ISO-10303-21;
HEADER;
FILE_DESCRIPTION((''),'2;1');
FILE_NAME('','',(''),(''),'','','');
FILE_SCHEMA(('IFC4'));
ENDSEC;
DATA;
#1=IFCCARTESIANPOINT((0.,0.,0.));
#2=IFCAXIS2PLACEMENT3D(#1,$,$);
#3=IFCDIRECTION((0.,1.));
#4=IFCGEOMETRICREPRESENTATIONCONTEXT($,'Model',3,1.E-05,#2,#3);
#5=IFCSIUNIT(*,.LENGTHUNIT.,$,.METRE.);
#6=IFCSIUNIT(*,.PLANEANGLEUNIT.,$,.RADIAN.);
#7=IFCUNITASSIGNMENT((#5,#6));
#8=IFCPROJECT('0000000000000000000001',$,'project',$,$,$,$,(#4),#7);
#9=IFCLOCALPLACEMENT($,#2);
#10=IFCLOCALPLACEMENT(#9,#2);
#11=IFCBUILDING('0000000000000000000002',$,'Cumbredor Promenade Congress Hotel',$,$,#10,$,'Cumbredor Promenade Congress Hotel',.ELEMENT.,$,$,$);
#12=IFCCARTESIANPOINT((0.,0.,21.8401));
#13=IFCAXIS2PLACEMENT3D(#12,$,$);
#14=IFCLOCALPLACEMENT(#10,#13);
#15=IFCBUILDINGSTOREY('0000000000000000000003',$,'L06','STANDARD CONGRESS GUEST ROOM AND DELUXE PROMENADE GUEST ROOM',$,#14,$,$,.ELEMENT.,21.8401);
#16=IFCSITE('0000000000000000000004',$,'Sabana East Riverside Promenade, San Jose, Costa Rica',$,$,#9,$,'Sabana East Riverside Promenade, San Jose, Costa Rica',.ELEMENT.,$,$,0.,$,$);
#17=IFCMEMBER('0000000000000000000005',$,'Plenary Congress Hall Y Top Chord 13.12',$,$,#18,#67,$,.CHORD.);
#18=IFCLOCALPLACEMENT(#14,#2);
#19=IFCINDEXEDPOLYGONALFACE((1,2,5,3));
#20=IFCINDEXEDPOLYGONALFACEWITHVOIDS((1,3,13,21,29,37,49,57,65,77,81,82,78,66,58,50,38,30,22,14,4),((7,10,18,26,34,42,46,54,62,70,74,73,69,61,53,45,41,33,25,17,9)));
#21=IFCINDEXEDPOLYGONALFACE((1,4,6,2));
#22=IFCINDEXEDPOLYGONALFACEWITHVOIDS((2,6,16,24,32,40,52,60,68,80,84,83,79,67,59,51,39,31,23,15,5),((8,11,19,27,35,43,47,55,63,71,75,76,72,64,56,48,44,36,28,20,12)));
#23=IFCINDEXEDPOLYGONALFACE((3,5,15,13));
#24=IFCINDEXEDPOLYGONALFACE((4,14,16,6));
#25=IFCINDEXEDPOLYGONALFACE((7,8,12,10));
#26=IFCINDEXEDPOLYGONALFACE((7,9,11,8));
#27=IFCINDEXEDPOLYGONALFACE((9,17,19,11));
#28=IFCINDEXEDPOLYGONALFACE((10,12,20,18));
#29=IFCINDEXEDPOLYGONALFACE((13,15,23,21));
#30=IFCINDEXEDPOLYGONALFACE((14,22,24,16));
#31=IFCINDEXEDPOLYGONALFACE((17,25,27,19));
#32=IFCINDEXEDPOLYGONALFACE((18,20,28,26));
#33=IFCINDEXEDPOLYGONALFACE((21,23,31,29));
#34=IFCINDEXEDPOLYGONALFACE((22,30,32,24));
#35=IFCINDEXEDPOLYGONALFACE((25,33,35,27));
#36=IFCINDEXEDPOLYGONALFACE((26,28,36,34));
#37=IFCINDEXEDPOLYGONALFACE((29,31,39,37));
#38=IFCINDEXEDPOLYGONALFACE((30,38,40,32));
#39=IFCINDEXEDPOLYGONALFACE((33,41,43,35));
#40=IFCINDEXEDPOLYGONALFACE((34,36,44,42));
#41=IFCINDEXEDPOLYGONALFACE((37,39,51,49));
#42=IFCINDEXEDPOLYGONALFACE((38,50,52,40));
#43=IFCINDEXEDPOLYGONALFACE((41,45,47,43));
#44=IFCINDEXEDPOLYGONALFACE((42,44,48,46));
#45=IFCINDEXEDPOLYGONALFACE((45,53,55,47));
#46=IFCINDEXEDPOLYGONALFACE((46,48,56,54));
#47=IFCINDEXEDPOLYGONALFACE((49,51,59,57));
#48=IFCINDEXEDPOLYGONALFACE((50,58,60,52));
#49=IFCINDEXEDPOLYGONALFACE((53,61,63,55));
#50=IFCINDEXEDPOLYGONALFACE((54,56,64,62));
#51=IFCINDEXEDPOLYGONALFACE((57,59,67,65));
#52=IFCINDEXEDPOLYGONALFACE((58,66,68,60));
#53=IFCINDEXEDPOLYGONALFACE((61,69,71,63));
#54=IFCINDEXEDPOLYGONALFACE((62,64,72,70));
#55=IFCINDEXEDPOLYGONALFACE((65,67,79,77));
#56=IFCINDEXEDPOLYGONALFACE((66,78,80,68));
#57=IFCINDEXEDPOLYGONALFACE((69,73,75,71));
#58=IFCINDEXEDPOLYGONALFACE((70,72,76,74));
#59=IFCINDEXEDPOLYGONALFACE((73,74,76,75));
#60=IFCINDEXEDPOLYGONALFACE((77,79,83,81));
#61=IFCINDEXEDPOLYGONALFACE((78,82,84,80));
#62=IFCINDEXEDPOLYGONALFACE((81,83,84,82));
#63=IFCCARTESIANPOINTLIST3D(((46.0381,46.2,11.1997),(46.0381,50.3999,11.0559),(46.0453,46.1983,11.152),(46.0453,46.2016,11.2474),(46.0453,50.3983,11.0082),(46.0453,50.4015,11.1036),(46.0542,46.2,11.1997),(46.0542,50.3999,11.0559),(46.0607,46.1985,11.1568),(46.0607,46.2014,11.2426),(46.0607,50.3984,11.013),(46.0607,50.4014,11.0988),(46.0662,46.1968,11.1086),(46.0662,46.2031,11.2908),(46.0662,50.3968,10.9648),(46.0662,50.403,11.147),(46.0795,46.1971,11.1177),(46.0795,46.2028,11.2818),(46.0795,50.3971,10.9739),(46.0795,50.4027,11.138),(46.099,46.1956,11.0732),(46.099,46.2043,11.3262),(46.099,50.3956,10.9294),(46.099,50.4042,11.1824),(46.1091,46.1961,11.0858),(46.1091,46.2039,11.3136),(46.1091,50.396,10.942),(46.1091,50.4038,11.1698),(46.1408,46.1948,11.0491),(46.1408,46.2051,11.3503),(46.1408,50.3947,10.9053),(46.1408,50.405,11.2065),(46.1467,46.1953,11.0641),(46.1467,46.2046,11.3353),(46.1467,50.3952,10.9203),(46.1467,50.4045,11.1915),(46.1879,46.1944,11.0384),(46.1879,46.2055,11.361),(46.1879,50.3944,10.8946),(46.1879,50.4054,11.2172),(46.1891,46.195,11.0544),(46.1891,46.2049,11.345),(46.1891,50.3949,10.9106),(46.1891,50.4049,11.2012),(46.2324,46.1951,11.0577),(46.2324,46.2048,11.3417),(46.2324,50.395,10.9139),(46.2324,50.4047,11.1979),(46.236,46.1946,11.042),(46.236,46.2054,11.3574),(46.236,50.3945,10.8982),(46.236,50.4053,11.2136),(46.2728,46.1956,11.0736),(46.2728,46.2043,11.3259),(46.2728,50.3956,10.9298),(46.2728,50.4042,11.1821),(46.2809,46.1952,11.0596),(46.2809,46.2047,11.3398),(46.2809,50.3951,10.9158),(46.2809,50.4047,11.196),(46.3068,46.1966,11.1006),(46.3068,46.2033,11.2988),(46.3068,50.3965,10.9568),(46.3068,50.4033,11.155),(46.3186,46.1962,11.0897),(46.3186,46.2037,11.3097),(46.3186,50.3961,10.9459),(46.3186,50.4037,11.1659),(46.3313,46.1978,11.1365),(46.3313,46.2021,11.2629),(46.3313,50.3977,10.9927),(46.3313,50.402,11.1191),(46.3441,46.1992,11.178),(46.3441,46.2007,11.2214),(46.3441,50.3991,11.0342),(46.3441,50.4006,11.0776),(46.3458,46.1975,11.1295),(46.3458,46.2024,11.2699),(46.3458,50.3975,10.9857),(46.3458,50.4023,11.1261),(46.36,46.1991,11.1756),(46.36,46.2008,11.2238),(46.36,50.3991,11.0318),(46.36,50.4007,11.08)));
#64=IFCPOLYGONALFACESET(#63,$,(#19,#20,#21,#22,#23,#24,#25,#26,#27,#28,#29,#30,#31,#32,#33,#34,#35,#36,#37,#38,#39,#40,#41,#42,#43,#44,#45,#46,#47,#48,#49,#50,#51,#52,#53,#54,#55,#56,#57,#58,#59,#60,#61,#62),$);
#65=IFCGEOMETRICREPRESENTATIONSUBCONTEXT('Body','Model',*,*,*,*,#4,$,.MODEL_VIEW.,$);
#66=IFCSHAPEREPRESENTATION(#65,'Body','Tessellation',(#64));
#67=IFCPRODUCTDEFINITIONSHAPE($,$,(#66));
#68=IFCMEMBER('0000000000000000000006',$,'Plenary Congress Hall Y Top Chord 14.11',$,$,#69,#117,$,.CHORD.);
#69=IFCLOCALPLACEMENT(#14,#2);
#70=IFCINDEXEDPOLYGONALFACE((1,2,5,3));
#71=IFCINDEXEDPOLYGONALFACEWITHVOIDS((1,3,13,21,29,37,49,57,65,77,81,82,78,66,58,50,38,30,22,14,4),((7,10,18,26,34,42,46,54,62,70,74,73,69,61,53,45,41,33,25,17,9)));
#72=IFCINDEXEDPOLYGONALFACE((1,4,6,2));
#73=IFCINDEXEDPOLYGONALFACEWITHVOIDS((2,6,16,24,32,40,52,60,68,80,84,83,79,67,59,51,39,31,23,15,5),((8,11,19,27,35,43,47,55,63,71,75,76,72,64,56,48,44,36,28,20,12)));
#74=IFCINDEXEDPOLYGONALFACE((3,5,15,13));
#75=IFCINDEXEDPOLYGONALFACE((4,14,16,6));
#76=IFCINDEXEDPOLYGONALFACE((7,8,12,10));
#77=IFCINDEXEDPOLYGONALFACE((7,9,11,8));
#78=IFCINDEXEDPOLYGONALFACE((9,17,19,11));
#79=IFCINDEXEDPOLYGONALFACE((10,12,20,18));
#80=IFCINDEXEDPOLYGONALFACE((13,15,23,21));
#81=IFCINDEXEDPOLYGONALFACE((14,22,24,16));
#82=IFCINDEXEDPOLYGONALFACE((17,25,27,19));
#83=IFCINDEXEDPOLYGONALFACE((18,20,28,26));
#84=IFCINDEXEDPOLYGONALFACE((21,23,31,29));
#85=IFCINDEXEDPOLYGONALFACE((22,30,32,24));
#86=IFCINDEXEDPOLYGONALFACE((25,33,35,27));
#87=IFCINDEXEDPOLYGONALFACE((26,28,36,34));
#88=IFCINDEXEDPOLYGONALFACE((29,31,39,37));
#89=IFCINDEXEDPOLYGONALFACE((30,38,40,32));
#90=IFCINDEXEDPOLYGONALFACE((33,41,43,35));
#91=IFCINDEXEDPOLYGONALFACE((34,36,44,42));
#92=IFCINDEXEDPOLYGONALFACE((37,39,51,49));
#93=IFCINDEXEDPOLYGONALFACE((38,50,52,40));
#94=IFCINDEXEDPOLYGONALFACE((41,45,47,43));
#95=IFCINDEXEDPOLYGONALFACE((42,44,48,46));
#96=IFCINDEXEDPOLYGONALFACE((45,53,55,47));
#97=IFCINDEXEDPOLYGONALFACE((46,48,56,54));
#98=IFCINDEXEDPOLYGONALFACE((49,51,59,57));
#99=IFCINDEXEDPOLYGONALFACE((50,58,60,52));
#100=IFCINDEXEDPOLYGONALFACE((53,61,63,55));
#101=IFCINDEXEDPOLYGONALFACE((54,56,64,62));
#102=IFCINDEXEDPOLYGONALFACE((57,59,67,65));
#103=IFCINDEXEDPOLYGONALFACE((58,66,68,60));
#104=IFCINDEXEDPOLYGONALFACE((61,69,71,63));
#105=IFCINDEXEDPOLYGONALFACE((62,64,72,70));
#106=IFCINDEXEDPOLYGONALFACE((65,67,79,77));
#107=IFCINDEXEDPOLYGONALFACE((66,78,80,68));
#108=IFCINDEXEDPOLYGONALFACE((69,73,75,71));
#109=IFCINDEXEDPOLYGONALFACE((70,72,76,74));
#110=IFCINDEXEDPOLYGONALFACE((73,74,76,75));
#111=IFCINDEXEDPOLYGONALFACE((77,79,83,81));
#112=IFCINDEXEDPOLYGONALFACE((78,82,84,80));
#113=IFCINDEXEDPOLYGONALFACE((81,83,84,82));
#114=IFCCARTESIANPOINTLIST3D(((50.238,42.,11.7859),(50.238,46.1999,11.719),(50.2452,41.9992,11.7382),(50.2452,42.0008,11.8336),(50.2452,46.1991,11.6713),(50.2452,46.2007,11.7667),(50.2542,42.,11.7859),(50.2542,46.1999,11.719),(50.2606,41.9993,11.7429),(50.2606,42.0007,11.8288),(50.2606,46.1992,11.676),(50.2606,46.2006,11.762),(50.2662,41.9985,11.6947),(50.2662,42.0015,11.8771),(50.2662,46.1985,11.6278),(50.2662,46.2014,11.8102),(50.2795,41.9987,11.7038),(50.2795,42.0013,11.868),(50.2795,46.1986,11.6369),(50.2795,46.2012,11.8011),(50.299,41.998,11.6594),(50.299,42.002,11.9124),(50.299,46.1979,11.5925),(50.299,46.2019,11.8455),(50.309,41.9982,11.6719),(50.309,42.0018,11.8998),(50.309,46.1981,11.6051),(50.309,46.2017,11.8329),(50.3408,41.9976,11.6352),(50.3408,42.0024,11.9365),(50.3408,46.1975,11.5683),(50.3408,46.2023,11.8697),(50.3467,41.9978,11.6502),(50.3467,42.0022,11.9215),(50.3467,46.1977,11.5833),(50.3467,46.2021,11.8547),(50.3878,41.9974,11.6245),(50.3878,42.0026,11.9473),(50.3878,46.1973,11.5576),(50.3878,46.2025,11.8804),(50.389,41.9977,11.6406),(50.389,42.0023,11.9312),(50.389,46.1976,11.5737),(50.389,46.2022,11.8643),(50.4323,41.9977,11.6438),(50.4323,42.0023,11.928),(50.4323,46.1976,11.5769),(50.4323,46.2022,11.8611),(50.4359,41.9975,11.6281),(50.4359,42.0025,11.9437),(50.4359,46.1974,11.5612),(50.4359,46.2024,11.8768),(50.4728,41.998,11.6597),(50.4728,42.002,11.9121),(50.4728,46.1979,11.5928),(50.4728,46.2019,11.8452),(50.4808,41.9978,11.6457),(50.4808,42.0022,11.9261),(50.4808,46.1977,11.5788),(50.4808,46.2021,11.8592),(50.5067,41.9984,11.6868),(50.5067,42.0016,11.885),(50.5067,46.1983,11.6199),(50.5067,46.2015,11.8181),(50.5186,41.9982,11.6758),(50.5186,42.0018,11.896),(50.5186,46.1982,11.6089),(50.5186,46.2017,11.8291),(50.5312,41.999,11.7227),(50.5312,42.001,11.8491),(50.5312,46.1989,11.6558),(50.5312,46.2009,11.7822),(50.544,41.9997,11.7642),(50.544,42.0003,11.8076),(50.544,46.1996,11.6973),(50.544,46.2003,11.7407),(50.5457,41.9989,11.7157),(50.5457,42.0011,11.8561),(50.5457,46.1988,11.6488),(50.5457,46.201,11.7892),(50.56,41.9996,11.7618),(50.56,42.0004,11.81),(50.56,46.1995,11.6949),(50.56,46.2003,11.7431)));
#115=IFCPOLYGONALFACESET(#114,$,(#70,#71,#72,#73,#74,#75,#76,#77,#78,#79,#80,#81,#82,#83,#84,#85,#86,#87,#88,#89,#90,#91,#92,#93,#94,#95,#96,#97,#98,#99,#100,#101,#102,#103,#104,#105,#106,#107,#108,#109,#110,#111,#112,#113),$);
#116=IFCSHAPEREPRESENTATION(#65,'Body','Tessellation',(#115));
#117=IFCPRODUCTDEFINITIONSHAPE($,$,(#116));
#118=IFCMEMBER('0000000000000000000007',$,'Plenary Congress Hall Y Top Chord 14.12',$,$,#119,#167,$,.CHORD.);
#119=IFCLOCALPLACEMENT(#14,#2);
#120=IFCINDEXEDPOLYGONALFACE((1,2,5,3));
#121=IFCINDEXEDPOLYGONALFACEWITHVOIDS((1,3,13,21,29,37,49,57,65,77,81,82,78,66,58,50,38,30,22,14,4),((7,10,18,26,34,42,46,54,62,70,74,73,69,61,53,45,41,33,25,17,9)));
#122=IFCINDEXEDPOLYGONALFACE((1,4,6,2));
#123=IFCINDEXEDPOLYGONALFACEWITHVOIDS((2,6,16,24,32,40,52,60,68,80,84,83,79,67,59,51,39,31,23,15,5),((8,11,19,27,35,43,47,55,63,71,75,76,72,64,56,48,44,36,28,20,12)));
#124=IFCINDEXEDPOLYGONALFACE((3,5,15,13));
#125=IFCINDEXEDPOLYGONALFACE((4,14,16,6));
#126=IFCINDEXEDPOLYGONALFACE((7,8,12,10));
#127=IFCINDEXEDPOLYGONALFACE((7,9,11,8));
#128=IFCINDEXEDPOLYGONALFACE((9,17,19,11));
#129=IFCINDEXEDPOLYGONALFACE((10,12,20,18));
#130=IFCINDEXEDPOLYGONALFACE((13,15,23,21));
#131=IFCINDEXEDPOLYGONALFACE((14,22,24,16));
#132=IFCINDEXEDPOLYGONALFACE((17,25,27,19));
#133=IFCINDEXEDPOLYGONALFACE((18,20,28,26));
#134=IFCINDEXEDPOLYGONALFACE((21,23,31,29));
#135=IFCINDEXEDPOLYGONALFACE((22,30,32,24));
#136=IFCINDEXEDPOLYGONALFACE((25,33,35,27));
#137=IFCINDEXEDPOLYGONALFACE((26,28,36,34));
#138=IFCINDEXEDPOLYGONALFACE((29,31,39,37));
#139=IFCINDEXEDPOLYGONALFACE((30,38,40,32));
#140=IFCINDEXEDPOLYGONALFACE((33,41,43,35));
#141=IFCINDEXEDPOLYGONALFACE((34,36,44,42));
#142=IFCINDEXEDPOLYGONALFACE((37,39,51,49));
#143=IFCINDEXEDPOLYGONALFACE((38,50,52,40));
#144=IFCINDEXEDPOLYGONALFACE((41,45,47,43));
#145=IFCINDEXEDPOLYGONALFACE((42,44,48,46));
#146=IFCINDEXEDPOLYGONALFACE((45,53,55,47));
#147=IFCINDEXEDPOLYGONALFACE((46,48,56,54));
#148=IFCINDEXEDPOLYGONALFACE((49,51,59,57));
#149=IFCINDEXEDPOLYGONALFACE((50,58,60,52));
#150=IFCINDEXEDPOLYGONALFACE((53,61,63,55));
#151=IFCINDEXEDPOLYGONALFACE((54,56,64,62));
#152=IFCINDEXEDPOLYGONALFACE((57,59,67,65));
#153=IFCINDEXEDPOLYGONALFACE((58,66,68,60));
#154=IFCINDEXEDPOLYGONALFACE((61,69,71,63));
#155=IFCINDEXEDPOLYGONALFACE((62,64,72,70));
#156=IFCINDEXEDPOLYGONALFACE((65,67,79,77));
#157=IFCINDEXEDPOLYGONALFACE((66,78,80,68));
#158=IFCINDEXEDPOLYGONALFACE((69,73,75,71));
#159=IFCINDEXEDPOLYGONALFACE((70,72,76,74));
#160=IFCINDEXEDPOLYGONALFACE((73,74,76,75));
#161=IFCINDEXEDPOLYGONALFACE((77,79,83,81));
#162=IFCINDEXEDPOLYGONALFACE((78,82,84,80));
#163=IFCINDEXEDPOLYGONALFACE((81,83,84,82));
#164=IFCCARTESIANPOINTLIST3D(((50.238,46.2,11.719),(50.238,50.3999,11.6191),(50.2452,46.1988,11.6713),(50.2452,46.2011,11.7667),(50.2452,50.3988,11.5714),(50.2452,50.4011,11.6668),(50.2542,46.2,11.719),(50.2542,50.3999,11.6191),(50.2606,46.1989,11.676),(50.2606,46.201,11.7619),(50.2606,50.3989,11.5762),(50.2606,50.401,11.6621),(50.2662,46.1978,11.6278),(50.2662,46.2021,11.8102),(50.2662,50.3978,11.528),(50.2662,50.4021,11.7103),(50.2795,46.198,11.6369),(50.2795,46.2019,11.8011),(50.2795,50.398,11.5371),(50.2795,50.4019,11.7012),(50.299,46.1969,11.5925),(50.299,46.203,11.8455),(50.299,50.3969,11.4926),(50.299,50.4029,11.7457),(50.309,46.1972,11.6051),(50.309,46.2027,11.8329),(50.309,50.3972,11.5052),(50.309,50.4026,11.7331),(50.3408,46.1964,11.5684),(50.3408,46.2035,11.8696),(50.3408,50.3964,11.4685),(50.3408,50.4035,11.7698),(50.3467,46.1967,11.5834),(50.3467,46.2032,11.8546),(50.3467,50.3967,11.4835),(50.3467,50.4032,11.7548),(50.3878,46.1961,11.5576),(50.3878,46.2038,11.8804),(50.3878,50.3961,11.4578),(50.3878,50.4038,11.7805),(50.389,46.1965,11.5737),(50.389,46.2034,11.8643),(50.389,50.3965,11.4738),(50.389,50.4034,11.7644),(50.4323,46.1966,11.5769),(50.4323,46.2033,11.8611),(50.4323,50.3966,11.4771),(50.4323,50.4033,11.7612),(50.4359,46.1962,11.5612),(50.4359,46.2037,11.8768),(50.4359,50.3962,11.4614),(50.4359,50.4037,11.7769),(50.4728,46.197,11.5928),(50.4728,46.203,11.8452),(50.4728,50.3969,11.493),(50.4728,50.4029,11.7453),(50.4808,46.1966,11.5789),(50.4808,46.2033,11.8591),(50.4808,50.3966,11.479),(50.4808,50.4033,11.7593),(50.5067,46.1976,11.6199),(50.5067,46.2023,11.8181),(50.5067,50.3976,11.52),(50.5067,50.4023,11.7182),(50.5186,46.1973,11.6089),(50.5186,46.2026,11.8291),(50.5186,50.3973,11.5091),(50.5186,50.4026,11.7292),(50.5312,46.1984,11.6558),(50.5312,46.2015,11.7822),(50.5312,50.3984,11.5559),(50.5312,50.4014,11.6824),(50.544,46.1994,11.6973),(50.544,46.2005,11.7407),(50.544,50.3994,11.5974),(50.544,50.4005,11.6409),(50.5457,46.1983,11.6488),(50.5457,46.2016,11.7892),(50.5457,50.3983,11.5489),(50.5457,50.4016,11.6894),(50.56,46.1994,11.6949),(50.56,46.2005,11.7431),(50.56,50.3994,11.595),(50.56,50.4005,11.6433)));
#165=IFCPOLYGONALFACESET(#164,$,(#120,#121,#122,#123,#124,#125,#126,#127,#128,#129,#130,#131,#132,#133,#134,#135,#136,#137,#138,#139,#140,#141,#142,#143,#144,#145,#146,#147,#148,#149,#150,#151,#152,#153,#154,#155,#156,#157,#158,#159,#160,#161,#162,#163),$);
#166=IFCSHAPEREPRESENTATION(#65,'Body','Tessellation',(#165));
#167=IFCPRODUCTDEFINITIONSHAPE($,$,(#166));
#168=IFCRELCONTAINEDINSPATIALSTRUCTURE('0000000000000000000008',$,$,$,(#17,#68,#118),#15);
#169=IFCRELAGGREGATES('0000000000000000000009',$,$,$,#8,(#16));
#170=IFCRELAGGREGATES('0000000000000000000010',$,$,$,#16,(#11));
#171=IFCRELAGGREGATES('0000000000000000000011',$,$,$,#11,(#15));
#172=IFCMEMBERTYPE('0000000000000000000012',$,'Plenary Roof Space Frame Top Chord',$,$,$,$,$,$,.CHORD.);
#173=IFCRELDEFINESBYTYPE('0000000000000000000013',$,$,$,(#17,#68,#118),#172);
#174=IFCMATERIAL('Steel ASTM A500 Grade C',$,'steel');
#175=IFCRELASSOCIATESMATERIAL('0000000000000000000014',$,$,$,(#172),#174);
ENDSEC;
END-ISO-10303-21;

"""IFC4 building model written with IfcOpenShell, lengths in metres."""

from ifc_helpers import new_model, si_unit, direction, frame, origin, origin_2d, place, context, subcontext, project, spatial, hollow_circle, extrude, material, material_profile, profile_set, type_object, element, save


model = new_model("IFC4")

# Units and contexts
model_context = context("Model", 3, precision=1e-05, world=origin(), true_north=direction((0.0, 1.0)))
body_context = subcontext(model_context, "Body", "Model", "MODEL_VIEW")
ifc_project = project(units=[si_unit("LENGTHUNIT", "METRE"), si_unit("PLANEANGLEUNIT", "RADIAN")], contexts=[model_context])

# Site, building, storey
site_placement = place(None, origin())
site = spatial("IfcSite", under=ifc_project, at=site_placement, Name="Sabana East Riverside Promenade, San Jose, Costa Rica", LongName="Sabana East Riverside Promenade, San Jose, Costa Rica", CompositionType="ELEMENT", RefElevation=0.0)
building_placement = place(site_placement, origin())
building = spatial("IfcBuilding", under=site, at=building_placement, Name="Cumbredor Promenade Congress Hotel", LongName="Cumbredor Promenade Congress Hotel", CompositionType="ELEMENT")
storey_placement = place(building_placement, frame((0.0, 0.0, 21.8401)))
storey = spatial("IfcBuildingStorey", under=building, at=storey_placement, Name="L06", Description="STANDARD CONGRESS GUEST ROOM AND DELUXE PROMENADE GUEST ROOM", CompositionType="ELEMENT", Elevation=21.8401)

# Members
ifc_material_1 = material(Name="Steel ASTM A500 Grade C", Category="steel")
ifc_material_profile_1 = material_profile(ifc_material_1, hollow_circle(Radius=0.1619, WallThickness=0.0161, at=origin_2d()), Name="CHS 323.9x16")
ifc_profile_set_1 = profile_set([ifc_material_profile_1], Name="Steel ASTM A500 Grade C")
member_type_1 = type_object("IfcMemberType", Name="Plenary Roof Space Frame Top Chord", PredefinedType="CHORD", material=ifc_profile_set_1)
member_1_placement = place(storey_placement, frame((46.2, 46.2, 11.1997), z_axis=(0.0, 0.999414, -0.034218), x_axis=(-1.0, 0.0, 0.0)))
element("IfcMember", 1, at=member_1_placement, inside=storey, type_object=member_type_1, Name="Plenary Congress Hall Y Top Chord 13.12", PredefinedType="CHORD", context=body_context, shape_type="SweptSolid", body=[
    extrude(hollow_circle(Radius=0.1619, WallThickness=0.0161, at=origin_2d()), origin(), (0.0, 0.0, 1.0), 4.2024),
])
member_2_placement = place(storey_placement, frame((50.3999, 42.0, 11.7859), z_axis=(0.0, 0.999873, -0.015925), x_axis=(-1.0, 0.0, 0.0)))
element("IfcMember", 2, at=member_2_placement, inside=storey, type_object=member_type_1, Name="Plenary Congress Hall Y Top Chord 14.11", PredefinedType="CHORD", context=body_context, shape_type="SweptSolid", body=[
    extrude(hollow_circle(Radius=0.1619, WallThickness=0.0161, at=origin_2d()), origin(), (0.0, 0.0, 1.0), 4.2004),
])
member_3_placement = place(storey_placement, frame((50.3999, 46.2, 11.719), z_axis=(0.0, 0.999717, -0.023768), x_axis=(-1.0, 0.0, 0.0)))
element("IfcMember", 3, at=member_3_placement, inside=storey, type_object=member_type_1, Name="Plenary Congress Hall Y Top Chord 14.12", PredefinedType="CHORD", context=body_context, shape_type="SweptSolid", body=[
    extrude(hollow_circle(Radius=0.1619, WallThickness=0.0161, at=origin_2d()), origin(), (0.0, 0.0, 1.0), 4.2012),
])

save(model, "model.ifc")
